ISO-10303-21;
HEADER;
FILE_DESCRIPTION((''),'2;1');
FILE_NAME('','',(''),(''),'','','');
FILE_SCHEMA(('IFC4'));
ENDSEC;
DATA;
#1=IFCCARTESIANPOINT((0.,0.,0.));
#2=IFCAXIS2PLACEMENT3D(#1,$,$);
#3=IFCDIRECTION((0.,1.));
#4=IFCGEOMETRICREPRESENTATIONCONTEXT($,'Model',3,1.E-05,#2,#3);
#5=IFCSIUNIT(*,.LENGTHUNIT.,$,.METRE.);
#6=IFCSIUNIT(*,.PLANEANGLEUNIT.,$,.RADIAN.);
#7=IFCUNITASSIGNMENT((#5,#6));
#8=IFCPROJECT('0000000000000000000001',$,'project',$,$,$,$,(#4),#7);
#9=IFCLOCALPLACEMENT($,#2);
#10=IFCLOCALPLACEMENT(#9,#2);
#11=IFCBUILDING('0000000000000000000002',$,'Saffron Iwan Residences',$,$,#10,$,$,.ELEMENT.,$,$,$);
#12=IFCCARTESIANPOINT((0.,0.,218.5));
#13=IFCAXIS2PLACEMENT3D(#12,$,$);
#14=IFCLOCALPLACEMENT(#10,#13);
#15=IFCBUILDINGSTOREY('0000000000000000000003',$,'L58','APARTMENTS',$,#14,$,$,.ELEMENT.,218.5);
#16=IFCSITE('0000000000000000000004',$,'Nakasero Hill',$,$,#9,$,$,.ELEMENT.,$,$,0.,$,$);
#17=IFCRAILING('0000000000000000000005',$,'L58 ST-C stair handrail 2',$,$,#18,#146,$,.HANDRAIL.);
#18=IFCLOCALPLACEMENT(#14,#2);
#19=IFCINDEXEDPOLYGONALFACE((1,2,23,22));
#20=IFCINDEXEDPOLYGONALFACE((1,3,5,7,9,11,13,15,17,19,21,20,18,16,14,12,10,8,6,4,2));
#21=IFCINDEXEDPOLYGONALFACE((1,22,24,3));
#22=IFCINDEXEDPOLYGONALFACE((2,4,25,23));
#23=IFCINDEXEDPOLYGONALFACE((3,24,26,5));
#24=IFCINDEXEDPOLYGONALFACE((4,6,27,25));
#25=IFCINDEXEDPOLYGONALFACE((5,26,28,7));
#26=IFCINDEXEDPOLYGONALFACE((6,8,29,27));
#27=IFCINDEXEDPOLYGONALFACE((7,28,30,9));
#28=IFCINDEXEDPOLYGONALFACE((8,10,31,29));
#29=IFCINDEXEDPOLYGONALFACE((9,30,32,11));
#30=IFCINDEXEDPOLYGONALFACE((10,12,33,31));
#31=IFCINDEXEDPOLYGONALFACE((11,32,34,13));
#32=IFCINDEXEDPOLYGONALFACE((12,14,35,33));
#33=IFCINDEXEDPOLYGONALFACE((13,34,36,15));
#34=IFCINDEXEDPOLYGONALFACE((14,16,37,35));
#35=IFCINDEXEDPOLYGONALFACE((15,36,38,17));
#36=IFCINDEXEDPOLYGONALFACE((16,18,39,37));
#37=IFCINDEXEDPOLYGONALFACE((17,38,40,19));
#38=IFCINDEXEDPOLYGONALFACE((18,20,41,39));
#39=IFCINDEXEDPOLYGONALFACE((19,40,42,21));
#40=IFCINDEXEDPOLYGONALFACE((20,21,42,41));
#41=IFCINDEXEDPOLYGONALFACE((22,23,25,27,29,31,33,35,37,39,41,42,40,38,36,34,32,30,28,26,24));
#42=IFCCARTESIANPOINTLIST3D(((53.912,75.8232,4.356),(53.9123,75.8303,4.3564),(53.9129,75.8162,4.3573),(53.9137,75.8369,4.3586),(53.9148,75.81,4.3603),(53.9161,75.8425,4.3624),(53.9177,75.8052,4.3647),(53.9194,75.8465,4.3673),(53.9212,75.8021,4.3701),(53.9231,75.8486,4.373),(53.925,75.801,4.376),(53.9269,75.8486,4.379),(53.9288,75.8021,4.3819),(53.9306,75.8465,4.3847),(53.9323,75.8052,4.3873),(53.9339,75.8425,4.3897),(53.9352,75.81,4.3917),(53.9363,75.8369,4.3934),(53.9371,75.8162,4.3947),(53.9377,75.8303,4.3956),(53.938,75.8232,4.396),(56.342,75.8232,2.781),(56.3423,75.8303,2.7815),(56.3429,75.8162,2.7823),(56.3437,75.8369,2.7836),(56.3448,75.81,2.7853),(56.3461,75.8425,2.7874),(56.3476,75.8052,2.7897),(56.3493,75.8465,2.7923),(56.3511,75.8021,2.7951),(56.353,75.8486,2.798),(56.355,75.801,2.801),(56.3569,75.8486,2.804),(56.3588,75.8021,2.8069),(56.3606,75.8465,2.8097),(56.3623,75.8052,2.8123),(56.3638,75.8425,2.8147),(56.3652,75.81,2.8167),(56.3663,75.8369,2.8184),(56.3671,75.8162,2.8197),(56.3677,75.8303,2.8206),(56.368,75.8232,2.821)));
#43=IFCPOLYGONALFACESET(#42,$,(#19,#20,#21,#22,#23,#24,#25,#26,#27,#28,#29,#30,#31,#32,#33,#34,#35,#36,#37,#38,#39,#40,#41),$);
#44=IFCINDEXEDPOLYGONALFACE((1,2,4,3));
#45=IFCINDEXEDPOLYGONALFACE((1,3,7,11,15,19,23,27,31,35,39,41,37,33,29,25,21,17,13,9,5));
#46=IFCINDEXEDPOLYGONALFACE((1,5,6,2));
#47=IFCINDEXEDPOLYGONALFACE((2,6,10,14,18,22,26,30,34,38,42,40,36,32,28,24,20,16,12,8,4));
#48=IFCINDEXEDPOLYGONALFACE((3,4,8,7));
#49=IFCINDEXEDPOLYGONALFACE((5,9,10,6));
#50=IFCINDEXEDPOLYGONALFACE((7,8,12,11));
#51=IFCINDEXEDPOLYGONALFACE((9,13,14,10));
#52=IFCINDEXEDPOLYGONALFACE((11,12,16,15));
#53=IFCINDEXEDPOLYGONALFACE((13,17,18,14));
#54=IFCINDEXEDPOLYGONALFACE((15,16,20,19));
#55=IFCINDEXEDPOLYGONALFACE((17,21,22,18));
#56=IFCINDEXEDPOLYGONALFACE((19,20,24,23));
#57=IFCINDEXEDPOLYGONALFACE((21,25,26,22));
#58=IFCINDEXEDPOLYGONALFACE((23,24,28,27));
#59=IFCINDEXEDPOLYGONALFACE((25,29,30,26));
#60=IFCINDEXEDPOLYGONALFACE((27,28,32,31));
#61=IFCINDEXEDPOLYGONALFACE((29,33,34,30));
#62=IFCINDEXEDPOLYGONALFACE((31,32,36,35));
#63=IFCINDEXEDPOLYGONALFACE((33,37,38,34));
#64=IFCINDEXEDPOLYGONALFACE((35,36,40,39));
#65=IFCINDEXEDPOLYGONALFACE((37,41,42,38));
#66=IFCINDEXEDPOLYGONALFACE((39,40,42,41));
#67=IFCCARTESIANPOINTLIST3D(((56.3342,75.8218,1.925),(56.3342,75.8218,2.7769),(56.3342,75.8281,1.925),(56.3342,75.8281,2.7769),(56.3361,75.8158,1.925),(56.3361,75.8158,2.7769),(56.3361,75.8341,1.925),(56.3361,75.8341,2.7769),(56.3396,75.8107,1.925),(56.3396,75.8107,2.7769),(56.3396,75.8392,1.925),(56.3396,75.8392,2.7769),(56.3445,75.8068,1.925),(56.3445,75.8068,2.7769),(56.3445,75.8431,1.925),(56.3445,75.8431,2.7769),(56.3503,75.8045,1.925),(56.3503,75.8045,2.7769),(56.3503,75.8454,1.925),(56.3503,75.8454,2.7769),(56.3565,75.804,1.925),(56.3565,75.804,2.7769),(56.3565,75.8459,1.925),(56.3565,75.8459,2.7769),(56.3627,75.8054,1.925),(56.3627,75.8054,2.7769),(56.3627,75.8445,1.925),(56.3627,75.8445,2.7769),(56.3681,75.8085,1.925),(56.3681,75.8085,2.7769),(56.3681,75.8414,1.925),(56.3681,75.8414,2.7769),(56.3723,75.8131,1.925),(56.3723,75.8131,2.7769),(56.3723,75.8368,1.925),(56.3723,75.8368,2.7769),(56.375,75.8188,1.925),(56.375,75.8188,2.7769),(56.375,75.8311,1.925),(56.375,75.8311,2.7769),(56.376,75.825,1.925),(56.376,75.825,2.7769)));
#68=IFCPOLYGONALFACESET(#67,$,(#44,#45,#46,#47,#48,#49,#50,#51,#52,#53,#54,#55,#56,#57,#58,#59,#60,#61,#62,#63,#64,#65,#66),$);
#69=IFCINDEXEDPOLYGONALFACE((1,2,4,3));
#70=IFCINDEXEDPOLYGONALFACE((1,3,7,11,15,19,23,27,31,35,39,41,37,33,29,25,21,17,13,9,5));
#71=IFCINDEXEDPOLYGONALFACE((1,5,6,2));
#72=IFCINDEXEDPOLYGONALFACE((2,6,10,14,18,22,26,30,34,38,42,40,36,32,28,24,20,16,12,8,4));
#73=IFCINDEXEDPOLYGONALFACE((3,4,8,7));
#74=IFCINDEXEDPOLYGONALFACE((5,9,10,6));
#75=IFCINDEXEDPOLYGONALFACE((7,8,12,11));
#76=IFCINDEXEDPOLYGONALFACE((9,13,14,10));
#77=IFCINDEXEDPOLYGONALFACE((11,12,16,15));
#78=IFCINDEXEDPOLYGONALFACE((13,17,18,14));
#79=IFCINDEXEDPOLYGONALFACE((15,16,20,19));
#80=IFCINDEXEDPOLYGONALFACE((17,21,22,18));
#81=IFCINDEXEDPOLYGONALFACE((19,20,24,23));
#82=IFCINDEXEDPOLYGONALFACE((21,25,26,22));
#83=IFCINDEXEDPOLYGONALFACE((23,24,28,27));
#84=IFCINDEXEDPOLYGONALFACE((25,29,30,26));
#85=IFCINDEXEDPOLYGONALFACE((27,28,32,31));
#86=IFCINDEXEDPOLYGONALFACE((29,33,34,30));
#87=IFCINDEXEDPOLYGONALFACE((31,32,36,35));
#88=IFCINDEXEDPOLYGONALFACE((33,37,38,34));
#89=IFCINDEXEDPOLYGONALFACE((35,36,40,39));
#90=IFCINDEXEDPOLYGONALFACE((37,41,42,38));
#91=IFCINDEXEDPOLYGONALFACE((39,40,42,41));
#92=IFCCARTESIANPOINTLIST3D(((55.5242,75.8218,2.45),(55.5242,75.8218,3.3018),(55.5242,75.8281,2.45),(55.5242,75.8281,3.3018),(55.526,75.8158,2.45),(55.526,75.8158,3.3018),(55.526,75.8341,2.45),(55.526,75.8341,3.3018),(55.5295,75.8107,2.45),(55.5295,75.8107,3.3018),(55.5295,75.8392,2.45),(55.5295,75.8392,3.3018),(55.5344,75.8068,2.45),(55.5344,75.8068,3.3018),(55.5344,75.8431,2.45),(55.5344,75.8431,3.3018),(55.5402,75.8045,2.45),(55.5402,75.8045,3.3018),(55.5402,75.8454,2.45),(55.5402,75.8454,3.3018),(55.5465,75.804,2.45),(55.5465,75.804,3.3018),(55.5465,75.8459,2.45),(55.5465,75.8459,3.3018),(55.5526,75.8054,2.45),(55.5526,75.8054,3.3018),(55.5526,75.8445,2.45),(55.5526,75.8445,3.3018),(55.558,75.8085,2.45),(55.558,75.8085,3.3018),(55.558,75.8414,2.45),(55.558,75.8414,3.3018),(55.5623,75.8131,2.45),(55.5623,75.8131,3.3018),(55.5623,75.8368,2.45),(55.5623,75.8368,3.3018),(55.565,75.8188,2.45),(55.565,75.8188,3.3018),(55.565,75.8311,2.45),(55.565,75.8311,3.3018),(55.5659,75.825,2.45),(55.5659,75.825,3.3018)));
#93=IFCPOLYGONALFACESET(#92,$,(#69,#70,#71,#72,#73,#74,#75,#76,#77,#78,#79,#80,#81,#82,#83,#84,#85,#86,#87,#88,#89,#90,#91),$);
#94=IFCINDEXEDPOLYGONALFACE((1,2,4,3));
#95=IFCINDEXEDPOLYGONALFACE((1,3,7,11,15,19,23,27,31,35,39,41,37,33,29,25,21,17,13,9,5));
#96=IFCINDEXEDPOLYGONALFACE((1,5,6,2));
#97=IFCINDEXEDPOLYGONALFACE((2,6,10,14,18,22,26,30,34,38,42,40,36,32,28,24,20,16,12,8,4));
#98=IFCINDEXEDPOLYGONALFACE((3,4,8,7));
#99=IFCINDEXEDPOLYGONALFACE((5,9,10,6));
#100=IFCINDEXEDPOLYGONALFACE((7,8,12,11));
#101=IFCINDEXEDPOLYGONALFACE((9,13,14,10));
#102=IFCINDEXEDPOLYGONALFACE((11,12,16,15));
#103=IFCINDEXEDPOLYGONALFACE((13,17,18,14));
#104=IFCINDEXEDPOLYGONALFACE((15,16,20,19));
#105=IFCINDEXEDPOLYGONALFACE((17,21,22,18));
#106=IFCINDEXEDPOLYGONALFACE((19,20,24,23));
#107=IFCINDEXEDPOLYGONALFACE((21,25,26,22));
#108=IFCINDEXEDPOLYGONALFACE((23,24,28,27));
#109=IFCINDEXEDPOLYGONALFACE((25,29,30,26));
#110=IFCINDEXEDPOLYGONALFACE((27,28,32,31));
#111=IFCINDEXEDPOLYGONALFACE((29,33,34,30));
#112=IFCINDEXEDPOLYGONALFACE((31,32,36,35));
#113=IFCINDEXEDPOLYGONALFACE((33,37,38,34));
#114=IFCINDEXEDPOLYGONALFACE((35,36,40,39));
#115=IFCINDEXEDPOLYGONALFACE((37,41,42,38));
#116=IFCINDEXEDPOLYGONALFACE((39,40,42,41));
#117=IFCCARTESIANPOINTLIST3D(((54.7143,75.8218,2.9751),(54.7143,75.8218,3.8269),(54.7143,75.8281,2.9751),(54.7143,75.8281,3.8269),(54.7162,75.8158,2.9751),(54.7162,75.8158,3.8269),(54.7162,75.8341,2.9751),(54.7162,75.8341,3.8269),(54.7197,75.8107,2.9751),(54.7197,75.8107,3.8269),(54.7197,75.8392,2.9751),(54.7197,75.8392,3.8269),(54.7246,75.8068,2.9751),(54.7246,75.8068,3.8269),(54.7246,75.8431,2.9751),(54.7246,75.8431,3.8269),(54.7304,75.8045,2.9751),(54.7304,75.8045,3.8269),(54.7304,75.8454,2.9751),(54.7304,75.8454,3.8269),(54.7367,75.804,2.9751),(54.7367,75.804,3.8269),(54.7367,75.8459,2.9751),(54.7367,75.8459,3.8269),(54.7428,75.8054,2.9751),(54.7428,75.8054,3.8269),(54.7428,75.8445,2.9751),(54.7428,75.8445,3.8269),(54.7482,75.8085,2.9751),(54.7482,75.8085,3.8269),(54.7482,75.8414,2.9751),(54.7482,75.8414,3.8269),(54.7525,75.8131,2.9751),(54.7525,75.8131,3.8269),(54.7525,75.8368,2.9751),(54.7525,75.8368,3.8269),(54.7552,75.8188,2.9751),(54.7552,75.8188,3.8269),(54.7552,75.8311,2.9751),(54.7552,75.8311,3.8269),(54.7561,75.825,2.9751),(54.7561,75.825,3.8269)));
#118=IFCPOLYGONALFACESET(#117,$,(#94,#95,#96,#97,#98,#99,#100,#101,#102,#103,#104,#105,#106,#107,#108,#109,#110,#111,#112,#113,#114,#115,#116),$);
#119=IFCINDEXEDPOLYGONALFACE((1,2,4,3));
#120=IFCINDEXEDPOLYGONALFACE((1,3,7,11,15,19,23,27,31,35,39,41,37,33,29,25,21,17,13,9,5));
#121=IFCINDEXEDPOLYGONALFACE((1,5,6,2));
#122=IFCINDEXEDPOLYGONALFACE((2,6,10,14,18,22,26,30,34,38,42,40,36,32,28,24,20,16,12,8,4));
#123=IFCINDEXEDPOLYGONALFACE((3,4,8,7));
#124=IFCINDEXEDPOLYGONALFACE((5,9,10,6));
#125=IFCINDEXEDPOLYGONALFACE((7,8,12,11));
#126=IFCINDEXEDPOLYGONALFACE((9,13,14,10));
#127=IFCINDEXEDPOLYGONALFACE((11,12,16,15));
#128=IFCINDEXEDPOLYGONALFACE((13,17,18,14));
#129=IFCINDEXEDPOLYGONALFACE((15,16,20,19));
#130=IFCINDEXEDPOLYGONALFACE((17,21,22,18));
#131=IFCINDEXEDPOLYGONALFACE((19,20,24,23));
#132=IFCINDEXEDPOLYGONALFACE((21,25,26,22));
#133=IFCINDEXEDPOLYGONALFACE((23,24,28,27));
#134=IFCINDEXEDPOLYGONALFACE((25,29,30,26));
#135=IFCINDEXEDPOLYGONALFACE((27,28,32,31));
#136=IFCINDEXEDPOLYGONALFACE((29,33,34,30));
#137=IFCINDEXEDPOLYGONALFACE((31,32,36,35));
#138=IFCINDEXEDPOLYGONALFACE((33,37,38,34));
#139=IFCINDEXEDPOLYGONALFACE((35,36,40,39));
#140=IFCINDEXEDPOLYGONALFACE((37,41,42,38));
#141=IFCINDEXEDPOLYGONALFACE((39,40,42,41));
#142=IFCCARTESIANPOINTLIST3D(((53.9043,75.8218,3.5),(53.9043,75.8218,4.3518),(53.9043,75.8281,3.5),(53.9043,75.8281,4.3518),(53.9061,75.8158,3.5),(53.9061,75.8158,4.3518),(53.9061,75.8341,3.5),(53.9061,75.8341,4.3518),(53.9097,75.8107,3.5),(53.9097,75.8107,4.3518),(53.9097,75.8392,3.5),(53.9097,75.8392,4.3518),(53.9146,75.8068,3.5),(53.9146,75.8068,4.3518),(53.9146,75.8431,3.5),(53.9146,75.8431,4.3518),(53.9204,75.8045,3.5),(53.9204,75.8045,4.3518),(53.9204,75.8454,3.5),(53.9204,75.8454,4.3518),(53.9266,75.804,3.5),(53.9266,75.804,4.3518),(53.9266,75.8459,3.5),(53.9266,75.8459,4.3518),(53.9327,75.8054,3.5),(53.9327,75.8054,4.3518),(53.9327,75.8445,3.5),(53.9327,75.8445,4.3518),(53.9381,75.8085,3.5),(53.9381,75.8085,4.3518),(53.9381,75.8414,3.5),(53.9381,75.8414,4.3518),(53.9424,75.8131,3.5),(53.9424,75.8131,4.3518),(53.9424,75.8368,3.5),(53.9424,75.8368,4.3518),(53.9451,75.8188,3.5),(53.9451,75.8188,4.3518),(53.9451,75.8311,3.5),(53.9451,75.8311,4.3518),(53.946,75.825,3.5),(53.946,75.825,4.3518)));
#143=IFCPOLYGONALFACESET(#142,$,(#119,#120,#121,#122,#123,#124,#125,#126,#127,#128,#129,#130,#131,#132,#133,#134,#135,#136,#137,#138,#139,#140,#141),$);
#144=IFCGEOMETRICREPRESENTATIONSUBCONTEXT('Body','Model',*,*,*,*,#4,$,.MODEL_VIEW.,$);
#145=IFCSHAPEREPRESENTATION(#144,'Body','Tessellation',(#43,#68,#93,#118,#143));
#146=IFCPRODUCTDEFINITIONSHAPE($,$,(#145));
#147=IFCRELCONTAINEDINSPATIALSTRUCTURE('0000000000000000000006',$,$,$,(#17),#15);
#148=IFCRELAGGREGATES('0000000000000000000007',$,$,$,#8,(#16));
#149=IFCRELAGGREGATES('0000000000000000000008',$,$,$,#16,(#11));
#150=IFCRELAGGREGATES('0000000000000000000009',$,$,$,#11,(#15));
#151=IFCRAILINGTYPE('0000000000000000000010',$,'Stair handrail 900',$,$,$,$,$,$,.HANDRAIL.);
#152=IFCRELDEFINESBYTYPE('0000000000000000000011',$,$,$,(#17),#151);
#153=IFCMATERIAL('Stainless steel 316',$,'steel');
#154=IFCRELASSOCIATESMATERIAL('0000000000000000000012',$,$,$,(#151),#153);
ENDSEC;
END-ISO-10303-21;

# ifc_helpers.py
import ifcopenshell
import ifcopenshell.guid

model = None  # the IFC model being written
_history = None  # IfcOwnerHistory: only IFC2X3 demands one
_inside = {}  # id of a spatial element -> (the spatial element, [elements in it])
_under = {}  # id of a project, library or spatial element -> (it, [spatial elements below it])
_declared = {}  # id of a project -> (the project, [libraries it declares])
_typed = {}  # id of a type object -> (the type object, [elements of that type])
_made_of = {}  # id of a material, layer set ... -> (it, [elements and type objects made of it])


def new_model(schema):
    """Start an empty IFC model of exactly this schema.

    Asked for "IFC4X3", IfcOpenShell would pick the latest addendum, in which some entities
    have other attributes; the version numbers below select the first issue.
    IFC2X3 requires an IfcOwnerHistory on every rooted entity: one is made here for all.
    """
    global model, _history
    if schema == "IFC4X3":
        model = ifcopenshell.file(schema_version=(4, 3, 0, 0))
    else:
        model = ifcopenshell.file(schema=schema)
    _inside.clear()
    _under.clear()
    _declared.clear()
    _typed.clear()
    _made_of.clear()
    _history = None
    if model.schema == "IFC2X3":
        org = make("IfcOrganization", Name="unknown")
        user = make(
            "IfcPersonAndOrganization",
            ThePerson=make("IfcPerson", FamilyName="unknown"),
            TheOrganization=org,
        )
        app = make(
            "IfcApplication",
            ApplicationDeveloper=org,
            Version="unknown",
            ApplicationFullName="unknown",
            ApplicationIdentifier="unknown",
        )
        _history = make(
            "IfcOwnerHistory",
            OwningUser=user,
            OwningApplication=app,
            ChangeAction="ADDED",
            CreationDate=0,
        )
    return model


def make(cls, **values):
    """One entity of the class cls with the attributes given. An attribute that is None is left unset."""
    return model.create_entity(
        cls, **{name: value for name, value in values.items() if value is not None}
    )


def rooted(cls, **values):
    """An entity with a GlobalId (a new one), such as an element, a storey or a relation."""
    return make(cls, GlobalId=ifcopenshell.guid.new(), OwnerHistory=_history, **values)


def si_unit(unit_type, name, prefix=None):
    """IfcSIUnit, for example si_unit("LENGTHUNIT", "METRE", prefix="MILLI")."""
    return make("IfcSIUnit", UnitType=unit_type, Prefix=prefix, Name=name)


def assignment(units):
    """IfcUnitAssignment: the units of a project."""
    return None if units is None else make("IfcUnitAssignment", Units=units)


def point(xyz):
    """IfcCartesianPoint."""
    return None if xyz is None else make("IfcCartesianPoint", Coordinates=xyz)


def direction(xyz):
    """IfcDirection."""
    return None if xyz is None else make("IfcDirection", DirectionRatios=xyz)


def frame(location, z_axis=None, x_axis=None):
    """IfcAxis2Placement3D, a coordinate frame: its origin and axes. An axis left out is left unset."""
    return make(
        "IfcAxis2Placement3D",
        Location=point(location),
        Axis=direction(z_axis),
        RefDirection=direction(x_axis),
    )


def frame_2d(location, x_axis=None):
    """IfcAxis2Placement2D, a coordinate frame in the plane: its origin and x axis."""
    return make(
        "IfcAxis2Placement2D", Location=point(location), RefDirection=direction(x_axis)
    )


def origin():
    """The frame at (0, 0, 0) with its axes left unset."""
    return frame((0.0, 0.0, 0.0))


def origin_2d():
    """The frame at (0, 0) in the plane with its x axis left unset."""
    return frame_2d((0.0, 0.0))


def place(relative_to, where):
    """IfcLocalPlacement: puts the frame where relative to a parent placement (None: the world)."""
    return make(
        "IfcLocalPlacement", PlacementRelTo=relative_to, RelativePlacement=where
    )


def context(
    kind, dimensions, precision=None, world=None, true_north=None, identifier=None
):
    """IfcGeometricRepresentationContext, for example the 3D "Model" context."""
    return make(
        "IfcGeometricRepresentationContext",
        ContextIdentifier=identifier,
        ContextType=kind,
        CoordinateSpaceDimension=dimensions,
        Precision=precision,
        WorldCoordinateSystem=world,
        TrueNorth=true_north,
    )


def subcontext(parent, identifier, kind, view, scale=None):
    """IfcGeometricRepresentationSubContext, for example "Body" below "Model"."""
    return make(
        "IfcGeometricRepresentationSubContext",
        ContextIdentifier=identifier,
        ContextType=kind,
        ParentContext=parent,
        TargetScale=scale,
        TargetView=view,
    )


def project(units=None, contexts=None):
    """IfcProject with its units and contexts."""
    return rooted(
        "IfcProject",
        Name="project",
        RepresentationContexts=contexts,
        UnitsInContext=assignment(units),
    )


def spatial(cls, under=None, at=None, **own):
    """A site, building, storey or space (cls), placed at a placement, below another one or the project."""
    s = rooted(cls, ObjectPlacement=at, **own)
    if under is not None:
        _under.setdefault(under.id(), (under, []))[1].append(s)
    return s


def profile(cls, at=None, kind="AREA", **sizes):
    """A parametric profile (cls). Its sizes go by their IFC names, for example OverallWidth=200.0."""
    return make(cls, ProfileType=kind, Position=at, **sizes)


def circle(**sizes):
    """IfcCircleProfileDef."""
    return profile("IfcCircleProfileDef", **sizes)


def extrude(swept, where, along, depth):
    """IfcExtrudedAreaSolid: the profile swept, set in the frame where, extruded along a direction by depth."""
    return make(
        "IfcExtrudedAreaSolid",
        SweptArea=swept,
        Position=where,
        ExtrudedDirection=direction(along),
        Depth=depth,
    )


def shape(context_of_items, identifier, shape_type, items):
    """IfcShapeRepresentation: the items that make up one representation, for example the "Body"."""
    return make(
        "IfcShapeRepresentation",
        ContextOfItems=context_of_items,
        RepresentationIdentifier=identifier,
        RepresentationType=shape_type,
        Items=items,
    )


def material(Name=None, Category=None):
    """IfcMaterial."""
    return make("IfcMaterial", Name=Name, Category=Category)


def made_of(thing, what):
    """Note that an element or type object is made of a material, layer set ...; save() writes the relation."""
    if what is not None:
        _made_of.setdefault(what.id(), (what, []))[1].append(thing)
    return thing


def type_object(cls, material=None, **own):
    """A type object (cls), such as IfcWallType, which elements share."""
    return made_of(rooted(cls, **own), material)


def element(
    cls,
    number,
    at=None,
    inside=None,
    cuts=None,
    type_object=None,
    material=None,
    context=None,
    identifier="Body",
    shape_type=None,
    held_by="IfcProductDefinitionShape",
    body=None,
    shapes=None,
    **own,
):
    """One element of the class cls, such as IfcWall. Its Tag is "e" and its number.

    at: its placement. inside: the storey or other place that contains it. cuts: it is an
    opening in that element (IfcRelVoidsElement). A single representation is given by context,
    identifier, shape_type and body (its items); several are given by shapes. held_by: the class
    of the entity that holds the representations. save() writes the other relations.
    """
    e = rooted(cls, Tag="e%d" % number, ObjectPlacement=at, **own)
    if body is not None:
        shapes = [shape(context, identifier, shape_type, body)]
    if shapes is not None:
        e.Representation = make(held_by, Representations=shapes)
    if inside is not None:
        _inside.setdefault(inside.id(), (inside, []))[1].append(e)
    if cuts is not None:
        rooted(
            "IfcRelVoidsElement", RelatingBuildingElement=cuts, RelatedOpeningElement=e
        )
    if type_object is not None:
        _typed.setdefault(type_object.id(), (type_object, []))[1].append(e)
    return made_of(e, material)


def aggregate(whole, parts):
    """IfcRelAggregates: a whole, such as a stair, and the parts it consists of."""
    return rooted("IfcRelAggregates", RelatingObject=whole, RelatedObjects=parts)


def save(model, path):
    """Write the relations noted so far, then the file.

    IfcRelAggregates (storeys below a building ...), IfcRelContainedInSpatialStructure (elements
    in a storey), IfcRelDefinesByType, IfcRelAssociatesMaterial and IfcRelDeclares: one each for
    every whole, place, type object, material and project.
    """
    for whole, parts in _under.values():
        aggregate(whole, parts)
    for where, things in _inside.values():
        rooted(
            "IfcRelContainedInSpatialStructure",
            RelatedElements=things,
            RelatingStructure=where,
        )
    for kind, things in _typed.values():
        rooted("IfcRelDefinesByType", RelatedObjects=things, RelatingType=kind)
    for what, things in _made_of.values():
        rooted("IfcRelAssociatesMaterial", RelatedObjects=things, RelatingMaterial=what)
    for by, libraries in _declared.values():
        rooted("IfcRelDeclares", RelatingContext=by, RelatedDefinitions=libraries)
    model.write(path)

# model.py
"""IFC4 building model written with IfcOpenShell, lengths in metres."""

from ifc_helpers import new_model, si_unit, direction, frame, origin, origin_2d, place, context, subcontext, project, spatial, circle, extrude, material, type_object, element, save


model = new_model("IFC4")

# Units and contexts
model_context = context("Model", 3, precision=1e-05, world=origin(), true_north=direction((0.0, 1.0)))
body_context = subcontext(model_context, "Body", "Model", "MODEL_VIEW")
ifc_project = project(units=[si_unit("LENGTHUNIT", "METRE"), si_unit("PLANEANGLEUNIT", "RADIAN")], contexts=[model_context])

# Site, building, storey
site_placement = place(None, origin())
site = spatial("IfcSite", under=ifc_project, at=site_placement, Name="Nakasero Hill", CompositionType="ELEMENT", RefElevation=0.0)
building_placement = place(site_placement, origin())
building = spatial("IfcBuilding", under=site, at=building_placement, Name="Saffron Iwan Residences", CompositionType="ELEMENT")
storey_placement = place(building_placement, frame((0.0, 0.0, 218.5)))
storey = spatial("IfcBuildingStorey", under=building, at=storey_placement, Name="L58", Description="APARTMENTS", CompositionType="ELEMENT", Elevation=218.5)

# Railing
ifc_material_1 = material(Name="Stainless steel 316", Category="steel")
railing_type = type_object("IfcRailingType", Name="Stair handrail 900", PredefinedType="HANDRAIL", material=ifc_material_1)
railing_1_placement = place(storey_placement, frame((56.355, 75.825, 1.925)))
element("IfcRailing", 1, at=railing_1_placement, inside=storey, type_object=railing_type, Name="L58 ST-C stair handrail 2", PredefinedType="HANDRAIL", context=body_context, shape_type="SweptSolid", body=[
    extrude(circle(Radius=0.0239, at=origin_2d()), frame((0.0, 0.0, 0.876), z_axis=(-0.839154, 0.0, 0.543894), x_axis=(0.0, -1.0, 0.0)), (0.0, 0.0, 1.0), 2.8958),
    extrude(circle(Radius=0.021, at=origin_2d()), origin(), (0.0, 0.0, 1.0), 0.8518),
    extrude(circle(Radius=0.021, at=origin_2d()), frame((-0.8101, 0.0, 0.5249)), (0.0, 0.0, 1.0), 0.8518),
    extrude(circle(Radius=0.021, at=origin_2d()), frame((-1.6199, 0.0, 1.05)), (0.0, 0.0, 1.0), 0.8518),
    extrude(circle(Radius=0.021, at=origin_2d()), frame((-2.4299, 0.0, 1.575)), (0.0, 0.0, 1.0), 0.8518),
])

save(model, "model.ifc")
